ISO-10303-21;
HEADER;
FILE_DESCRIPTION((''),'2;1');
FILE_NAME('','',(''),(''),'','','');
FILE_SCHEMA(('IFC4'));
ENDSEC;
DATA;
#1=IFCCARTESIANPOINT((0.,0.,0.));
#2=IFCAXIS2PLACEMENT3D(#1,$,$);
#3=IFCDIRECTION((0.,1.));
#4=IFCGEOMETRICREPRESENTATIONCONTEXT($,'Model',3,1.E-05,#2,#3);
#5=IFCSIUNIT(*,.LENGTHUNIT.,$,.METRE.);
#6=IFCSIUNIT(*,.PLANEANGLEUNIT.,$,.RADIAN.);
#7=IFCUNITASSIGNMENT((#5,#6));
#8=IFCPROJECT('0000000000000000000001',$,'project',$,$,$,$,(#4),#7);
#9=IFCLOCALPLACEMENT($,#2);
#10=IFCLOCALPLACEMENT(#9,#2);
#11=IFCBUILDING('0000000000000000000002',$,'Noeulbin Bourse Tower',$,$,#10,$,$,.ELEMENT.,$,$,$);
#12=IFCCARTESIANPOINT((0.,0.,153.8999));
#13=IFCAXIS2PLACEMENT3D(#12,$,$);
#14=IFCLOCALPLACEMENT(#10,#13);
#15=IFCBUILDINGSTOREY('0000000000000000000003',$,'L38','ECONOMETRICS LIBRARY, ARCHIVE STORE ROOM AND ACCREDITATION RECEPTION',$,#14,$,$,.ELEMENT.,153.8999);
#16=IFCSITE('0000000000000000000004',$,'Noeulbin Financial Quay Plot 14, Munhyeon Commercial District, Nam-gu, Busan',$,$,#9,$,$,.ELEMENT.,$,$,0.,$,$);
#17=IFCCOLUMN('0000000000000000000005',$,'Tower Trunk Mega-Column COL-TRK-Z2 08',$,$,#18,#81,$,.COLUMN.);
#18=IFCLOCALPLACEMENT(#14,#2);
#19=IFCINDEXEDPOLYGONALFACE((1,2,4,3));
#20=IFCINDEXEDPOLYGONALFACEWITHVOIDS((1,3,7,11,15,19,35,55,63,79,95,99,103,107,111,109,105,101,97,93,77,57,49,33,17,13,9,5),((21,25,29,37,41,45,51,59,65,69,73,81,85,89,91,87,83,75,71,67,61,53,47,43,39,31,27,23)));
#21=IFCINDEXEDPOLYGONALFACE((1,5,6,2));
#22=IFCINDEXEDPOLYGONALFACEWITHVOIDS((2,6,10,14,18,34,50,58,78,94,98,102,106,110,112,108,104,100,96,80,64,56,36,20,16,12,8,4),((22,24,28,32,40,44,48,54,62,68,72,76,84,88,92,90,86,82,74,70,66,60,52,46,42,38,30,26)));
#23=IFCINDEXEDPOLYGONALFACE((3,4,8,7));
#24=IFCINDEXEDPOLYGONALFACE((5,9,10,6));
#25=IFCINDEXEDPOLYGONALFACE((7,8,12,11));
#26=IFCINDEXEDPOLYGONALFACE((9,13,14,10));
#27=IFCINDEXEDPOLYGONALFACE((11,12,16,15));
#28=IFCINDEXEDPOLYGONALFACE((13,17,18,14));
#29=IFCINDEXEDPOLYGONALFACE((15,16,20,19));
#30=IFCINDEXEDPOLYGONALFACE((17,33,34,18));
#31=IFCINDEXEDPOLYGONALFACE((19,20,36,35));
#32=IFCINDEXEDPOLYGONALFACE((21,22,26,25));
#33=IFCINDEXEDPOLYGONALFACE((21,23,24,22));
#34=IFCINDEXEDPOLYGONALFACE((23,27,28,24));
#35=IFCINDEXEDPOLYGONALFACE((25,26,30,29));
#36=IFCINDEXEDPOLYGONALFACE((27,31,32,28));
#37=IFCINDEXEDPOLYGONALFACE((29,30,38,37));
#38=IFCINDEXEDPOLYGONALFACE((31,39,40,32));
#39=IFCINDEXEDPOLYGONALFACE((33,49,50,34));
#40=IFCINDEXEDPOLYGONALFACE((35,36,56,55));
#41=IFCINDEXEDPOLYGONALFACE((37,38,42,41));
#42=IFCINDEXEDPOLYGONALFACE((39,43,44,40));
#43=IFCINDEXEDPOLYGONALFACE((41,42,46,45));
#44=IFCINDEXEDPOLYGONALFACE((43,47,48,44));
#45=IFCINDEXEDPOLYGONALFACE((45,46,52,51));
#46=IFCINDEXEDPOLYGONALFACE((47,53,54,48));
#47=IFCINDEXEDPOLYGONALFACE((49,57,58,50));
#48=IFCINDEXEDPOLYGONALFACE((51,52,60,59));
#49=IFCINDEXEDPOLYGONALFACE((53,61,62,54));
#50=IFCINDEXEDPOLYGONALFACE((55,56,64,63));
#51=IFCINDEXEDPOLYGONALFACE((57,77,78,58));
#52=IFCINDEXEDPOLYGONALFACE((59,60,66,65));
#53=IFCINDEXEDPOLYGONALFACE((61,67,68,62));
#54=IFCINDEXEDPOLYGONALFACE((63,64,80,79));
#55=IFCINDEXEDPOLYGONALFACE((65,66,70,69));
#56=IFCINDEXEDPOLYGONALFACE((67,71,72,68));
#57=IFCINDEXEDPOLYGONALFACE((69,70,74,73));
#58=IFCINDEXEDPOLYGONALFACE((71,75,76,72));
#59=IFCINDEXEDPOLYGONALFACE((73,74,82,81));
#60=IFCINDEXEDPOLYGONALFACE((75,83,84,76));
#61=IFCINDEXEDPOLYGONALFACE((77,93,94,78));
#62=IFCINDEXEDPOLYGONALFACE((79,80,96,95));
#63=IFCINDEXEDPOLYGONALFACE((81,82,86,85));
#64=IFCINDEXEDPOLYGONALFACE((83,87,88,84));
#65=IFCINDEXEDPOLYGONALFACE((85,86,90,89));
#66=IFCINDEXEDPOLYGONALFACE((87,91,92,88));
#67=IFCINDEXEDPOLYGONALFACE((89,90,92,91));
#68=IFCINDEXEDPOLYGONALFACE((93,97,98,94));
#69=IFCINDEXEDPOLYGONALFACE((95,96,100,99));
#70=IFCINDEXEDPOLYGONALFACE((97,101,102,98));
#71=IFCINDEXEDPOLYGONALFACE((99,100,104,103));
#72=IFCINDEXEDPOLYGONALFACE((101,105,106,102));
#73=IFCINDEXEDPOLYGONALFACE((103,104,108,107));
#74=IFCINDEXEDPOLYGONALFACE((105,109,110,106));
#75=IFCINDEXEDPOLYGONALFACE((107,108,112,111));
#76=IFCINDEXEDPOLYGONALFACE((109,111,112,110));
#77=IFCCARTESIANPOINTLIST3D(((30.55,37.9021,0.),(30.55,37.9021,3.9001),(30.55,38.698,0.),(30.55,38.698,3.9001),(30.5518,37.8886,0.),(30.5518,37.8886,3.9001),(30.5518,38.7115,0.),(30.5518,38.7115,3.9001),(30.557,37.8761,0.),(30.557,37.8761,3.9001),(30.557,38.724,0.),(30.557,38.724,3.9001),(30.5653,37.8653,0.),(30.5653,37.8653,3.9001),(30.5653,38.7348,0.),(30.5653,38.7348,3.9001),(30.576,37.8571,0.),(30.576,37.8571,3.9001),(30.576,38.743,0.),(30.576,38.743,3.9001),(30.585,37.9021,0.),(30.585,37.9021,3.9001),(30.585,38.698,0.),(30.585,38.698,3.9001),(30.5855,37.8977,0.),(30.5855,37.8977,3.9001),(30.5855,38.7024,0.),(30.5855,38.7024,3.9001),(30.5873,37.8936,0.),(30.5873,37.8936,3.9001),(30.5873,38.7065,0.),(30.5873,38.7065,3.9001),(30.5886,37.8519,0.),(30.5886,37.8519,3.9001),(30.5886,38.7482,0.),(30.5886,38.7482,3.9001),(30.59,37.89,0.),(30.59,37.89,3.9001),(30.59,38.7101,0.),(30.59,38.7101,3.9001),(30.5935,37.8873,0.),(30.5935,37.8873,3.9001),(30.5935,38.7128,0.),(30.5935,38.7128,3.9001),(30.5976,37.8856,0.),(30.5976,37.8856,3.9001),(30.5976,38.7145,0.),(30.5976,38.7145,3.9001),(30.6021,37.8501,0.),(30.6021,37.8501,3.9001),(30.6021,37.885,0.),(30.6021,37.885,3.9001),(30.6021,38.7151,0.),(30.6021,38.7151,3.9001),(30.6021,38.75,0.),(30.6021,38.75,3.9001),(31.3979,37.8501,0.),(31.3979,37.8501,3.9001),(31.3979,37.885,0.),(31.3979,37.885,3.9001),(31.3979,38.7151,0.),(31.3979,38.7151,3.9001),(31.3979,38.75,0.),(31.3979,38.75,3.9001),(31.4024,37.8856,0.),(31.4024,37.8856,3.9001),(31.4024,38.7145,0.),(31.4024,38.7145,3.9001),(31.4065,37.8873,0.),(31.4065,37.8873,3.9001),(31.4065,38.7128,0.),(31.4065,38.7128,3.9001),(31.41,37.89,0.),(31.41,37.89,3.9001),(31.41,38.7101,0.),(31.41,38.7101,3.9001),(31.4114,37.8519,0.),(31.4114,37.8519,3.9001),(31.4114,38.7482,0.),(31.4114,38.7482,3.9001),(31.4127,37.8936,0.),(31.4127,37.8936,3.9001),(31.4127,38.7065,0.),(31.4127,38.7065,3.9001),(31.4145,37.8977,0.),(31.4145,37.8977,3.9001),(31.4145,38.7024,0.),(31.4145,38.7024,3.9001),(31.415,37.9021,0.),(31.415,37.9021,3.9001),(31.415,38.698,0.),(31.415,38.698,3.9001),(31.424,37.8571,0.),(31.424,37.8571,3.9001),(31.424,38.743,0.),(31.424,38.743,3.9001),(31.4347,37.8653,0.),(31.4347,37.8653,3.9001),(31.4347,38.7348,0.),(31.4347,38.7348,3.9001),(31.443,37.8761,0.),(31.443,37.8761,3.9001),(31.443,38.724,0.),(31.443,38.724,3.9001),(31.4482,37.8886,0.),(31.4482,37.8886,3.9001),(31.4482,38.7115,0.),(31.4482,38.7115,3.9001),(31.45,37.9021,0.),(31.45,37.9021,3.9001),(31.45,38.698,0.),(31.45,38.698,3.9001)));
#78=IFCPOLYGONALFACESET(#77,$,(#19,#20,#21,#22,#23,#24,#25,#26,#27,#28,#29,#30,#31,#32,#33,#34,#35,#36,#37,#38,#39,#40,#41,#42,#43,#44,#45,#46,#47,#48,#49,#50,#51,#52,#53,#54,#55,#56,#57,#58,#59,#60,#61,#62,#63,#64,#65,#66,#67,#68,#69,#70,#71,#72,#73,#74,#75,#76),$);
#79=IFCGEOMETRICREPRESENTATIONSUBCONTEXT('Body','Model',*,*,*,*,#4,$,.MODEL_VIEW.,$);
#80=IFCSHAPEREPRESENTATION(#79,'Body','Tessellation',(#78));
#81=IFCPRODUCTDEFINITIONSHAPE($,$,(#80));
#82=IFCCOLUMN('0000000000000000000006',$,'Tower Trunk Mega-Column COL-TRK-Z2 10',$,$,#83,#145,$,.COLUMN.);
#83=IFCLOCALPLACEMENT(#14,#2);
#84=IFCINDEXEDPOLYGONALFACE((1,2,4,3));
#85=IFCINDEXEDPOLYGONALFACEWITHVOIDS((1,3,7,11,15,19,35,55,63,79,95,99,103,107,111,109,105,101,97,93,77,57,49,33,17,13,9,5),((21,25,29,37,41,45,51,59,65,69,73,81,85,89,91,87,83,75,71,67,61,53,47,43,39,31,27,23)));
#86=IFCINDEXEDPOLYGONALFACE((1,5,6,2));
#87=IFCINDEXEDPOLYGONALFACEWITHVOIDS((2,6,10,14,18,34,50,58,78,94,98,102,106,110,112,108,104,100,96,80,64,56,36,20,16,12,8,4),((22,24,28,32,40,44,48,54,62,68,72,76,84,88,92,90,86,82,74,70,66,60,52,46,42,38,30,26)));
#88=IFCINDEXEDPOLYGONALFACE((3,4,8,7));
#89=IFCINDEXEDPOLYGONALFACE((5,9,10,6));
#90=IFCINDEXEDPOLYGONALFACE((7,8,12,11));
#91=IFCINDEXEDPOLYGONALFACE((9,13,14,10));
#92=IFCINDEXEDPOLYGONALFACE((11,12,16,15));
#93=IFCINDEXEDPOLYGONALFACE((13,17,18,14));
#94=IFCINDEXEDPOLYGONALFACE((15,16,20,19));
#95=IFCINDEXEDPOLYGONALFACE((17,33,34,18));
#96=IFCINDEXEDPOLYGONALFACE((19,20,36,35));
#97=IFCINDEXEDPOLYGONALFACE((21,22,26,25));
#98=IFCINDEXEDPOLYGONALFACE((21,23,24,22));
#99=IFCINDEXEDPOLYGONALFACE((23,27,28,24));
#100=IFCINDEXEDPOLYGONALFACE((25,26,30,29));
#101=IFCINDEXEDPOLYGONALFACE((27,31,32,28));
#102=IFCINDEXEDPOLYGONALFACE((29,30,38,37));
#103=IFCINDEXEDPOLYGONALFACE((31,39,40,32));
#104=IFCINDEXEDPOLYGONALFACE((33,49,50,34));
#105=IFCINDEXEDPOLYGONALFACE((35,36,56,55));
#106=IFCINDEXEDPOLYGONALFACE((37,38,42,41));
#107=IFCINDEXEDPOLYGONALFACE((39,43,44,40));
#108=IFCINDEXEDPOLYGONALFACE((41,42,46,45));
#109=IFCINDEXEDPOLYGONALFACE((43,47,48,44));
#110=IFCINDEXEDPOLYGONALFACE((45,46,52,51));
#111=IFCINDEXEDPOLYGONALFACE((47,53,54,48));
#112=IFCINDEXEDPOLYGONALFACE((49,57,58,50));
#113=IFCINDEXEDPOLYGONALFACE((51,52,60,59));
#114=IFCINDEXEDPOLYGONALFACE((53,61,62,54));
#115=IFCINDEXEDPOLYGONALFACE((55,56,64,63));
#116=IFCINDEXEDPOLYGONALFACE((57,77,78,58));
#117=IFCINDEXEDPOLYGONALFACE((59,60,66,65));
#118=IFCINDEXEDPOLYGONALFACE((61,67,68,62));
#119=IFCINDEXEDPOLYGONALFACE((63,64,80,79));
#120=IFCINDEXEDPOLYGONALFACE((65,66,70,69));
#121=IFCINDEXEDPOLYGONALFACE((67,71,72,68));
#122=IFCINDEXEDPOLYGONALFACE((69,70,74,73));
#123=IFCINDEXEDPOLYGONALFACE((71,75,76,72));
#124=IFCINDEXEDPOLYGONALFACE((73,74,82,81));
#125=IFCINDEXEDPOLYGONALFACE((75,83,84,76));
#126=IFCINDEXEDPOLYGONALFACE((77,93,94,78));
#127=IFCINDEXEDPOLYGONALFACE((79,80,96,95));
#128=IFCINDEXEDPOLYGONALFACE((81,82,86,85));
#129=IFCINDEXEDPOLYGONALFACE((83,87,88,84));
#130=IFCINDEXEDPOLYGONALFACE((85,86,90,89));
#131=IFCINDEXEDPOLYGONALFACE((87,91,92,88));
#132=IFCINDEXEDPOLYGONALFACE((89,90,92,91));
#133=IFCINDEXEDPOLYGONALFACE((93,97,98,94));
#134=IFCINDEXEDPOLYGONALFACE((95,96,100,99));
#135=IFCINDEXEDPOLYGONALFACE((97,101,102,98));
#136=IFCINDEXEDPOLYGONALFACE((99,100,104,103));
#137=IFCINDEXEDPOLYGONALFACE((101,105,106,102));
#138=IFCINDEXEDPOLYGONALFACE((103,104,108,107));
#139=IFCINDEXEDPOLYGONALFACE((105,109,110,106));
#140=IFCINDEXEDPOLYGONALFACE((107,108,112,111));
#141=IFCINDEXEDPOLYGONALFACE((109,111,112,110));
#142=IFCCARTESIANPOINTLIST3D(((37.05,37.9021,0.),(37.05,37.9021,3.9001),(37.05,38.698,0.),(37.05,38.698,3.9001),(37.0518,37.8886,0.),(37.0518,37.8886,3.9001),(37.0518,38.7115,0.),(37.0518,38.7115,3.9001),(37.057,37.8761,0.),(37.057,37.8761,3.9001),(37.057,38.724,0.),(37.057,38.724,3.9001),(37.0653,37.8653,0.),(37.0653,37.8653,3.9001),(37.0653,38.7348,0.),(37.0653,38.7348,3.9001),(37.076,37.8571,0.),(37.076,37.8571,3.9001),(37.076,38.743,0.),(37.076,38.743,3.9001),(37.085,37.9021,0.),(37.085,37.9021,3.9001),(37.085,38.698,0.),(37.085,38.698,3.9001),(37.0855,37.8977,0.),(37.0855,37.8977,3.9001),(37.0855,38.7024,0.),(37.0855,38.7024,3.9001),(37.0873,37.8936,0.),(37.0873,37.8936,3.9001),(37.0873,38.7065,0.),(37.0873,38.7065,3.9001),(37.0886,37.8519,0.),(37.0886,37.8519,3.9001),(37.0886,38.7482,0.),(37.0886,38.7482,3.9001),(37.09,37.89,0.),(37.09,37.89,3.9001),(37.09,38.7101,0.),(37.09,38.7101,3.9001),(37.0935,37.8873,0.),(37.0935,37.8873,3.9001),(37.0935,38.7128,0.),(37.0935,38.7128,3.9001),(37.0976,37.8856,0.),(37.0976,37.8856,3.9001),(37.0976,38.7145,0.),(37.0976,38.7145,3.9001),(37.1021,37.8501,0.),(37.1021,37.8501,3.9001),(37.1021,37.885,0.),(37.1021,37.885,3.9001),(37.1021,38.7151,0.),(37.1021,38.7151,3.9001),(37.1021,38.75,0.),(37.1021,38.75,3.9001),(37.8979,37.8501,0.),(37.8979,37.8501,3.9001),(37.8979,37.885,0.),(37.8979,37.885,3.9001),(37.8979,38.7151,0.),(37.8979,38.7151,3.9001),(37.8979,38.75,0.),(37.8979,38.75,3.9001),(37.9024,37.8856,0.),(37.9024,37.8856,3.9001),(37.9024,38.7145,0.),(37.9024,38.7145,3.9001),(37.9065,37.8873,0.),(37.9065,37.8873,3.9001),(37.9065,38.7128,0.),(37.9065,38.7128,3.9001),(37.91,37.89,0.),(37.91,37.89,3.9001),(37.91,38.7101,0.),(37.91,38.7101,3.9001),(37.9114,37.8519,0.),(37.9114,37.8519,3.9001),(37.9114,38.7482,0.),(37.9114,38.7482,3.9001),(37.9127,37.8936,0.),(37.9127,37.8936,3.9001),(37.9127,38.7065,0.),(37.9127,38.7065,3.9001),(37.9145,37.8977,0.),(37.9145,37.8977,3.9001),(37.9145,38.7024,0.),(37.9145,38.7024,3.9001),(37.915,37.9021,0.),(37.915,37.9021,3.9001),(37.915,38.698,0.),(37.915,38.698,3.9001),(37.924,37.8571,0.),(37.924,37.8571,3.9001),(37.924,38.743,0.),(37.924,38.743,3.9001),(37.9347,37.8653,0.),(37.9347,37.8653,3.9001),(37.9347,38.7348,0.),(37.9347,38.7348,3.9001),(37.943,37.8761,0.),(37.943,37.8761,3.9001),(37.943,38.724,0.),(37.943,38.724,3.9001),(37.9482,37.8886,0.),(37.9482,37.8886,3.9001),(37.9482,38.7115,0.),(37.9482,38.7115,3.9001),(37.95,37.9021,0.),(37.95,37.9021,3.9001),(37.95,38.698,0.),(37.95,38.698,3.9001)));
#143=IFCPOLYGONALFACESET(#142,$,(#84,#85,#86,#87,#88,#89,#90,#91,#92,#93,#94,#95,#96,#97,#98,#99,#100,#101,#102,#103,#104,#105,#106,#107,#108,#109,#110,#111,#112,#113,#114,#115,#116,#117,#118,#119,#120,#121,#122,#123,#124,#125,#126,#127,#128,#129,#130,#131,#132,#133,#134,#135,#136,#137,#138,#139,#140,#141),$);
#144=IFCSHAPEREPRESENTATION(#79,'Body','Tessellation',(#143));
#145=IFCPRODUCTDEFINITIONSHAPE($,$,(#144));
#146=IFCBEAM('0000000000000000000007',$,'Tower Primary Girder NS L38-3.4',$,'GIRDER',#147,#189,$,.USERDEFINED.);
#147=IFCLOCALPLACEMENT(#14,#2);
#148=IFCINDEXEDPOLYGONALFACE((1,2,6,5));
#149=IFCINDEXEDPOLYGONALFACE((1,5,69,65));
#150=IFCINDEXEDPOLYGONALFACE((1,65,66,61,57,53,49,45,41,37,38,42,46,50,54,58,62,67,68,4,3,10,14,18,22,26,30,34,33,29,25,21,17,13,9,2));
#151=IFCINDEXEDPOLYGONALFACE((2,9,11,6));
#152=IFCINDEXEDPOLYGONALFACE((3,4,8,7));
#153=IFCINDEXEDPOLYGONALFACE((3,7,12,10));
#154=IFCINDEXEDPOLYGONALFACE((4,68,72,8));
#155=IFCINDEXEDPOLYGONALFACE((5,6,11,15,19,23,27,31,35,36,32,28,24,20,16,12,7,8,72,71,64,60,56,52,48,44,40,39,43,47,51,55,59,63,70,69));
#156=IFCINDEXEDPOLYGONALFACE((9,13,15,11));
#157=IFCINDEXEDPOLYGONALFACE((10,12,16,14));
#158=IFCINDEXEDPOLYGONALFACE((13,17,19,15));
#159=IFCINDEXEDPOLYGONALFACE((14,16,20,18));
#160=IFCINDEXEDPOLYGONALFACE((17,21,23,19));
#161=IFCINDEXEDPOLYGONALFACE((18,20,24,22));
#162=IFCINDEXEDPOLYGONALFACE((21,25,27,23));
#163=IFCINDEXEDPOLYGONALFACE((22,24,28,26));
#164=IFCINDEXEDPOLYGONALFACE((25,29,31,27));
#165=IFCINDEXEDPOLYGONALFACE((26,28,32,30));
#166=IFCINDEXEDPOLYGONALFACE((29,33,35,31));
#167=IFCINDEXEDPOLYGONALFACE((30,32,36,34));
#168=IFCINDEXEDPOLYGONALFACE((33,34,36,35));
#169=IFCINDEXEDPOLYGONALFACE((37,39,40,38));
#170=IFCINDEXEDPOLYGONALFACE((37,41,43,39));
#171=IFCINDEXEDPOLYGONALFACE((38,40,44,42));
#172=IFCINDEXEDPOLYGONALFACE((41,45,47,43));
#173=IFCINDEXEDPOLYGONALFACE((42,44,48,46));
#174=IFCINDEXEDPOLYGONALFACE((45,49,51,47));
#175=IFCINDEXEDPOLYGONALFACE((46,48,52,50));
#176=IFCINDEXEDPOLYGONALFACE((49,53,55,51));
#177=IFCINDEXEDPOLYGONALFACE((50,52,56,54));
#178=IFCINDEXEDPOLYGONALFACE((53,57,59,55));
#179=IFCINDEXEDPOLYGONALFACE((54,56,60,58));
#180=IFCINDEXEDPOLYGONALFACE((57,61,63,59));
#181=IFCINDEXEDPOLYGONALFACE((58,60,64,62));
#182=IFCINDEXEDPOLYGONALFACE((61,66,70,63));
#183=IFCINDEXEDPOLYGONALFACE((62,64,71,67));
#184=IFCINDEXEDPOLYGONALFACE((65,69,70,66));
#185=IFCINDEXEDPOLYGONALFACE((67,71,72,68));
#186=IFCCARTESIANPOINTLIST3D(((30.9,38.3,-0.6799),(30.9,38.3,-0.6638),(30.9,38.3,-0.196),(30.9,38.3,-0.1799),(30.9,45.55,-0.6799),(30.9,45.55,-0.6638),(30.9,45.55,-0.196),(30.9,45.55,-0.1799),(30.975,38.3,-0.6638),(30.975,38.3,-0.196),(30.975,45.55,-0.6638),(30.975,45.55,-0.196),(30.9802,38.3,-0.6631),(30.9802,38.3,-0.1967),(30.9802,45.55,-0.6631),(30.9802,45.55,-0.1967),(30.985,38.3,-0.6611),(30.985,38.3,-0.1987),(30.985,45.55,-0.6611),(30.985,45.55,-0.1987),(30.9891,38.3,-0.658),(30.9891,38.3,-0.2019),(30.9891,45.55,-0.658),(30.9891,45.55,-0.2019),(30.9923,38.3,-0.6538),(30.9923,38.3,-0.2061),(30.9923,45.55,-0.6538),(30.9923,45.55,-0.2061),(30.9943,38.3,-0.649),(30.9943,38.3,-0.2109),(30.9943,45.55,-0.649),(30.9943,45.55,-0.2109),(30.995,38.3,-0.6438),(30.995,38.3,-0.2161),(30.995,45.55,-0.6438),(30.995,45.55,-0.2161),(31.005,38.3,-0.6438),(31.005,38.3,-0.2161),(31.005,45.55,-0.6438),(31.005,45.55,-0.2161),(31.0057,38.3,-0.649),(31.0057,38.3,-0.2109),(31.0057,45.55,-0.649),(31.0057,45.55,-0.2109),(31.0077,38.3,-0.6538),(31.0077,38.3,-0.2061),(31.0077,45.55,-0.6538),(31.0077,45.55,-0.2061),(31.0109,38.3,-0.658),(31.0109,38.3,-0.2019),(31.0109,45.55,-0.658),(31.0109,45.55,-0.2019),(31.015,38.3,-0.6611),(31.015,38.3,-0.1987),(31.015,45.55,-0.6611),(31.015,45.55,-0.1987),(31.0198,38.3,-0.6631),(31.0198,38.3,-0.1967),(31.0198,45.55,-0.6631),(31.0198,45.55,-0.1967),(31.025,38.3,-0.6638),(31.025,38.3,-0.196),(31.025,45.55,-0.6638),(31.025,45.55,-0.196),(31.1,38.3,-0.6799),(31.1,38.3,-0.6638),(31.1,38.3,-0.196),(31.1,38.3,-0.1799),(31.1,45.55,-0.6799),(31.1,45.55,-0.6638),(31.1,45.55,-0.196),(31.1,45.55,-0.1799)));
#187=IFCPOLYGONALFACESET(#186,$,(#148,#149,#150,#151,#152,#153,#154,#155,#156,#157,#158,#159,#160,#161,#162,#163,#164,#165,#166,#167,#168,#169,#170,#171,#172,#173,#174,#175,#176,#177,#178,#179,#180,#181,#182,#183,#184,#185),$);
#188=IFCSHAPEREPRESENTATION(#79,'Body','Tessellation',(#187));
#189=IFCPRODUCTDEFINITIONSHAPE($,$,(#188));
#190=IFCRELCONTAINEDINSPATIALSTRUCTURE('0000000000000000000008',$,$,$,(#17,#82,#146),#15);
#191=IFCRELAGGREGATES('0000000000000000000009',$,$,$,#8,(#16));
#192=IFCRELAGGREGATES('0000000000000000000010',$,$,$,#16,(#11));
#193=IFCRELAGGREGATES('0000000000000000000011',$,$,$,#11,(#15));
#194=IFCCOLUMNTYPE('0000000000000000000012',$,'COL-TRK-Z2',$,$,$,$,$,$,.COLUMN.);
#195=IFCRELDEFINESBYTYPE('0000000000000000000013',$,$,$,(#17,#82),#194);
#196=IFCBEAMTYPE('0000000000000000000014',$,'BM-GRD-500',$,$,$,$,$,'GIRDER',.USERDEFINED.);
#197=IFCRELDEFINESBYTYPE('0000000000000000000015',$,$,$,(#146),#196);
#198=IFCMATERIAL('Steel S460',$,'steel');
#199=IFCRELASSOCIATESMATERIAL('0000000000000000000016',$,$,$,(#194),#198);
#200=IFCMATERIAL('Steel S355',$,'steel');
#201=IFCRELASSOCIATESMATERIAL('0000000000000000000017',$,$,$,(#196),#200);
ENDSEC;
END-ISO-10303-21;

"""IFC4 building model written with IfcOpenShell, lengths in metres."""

from ifc_helpers import new_model, si_unit, direction, frame, origin, origin_2d, place, context, subcontext, project, spatial, hollow_rectangle, i_section, extrude, material, material_profile, profile_set, type_object, element, save


model = new_model("IFC4")

# Units and contexts
model_context = context("Model", 3, precision=1e-05, world=origin(), true_north=direction((0.0, 1.0)))
body_context = subcontext(model_context, "Body", "Model", "MODEL_VIEW")
ifc_project = project(units=[si_unit("LENGTHUNIT", "METRE"), si_unit("PLANEANGLEUNIT", "RADIAN")], contexts=[model_context])

# Site, building, storey
site_placement = place(None, origin())
site = spatial("IfcSite", under=ifc_project, at=site_placement, Name="Noeulbin Financial Quay Plot 14, Munhyeon Commercial District, Nam-gu, Busan", CompositionType="ELEMENT", RefElevation=0.0)
building_placement = place(site_placement, origin())
building = spatial("IfcBuilding", under=site, at=building_placement, Name="Noeulbin Bourse Tower", CompositionType="ELEMENT")
storey_placement = place(building_placement, frame((0.0, 0.0, 153.8999)))
storey = spatial("IfcBuildingStorey", under=building, at=storey_placement, Name="L38", Description="ECONOMETRICS LIBRARY, ARCHIVE STORE ROOM AND ACCREDITATION RECEPTION", CompositionType="ELEMENT", Elevation=153.8999)

# Columns
ifc_material_1 = material(Name="Steel S460", Category="steel")
ifc_material_profile_1 = material_profile(ifc_material_1, hollow_rectangle(XDim=0.8999, YDim=0.8999, WallThickness=0.0349, InnerFilletRadius=0.0171, OuterFilletRadius=0.052, at=origin_2d()), Name="BOX-900x900x35", Category="LoadBearing")
ifc_profile_set_1 = profile_set([ifc_material_profile_1], Name="Steel S460")
column_type = type_object("IfcColumnType", Name="COL-TRK-Z2", PredefinedType="COLUMN", material=ifc_profile_set_1)
for number, where, z_axis, x_axis, name in (
    (1, (31.0, 38.3, 0.0), (0.0, 0.0, 1.0), (1.0, 0.0, 0.0), "Tower Trunk Mega-Column COL-TRK-Z2 08"),
    (2, (37.5, 38.3, 0.0), (0.0, 0.0, 1.0), (1.0, 0.0, 0.0), "Tower Trunk Mega-Column COL-TRK-Z2 10"),
):
    element("IfcColumn", number, at=place(storey_placement, frame(where, z_axis=z_axis, x_axis=x_axis)), inside=storey, type_object=column_type, Name=name, PredefinedType="COLUMN", context=body_context, shape_type="SweptSolid", body=[
        extrude(hollow_rectangle(XDim=0.8999, YDim=0.8999, WallThickness=0.0349, InnerFilletRadius=0.0171, OuterFilletRadius=0.052, at=origin_2d()), origin(), (0.0, 0.0, 1.0), 3.9001),
    ])

# Beam
ifc_material_2 = material(Name="Steel S355", Category="steel")
ifc_material_profile_2 = material_profile(ifc_material_2, i_section(OverallWidth=0.2, OverallDepth=0.5, WebThickness=0.01, FlangeThickness=0.0161, FilletRadius=0.02, at=origin_2d()), Name="H-500x200x10x16", Category="LoadBearing")
ifc_profile_set_2 = profile_set([ifc_material_profile_2], Name="Steel S355")
beam_type_1 = type_object("IfcBeamType", Name="BM-GRD-500", ElementType="GIRDER", PredefinedType="USERDEFINED", material=ifc_profile_set_2)
for number, where, z_axis, x_axis, name in (
    (3, (31.0, 38.3, -0.4299), (0.0, 1.0, 0.0), (-1.0, 0.0, 0.0), "Tower Primary Girder NS L38-3.4"),
):
    element("IfcBeam", number, at=place(storey_placement, frame(where, z_axis=z_axis, x_axis=x_axis)), inside=storey, type_object=beam_type_1, Name=name, ObjectType="GIRDER", PredefinedType="USERDEFINED", context=body_context, shape_type="SweptSolid", body=[
        extrude(i_section(OverallWidth=0.2, OverallDepth=0.5, WebThickness=0.01, FlangeThickness=0.0161, FilletRadius=0.02, at=origin_2d()), origin(), (0.0, 0.0, 1.0), 7.25),
    ])

save(model, "model.ifc")
